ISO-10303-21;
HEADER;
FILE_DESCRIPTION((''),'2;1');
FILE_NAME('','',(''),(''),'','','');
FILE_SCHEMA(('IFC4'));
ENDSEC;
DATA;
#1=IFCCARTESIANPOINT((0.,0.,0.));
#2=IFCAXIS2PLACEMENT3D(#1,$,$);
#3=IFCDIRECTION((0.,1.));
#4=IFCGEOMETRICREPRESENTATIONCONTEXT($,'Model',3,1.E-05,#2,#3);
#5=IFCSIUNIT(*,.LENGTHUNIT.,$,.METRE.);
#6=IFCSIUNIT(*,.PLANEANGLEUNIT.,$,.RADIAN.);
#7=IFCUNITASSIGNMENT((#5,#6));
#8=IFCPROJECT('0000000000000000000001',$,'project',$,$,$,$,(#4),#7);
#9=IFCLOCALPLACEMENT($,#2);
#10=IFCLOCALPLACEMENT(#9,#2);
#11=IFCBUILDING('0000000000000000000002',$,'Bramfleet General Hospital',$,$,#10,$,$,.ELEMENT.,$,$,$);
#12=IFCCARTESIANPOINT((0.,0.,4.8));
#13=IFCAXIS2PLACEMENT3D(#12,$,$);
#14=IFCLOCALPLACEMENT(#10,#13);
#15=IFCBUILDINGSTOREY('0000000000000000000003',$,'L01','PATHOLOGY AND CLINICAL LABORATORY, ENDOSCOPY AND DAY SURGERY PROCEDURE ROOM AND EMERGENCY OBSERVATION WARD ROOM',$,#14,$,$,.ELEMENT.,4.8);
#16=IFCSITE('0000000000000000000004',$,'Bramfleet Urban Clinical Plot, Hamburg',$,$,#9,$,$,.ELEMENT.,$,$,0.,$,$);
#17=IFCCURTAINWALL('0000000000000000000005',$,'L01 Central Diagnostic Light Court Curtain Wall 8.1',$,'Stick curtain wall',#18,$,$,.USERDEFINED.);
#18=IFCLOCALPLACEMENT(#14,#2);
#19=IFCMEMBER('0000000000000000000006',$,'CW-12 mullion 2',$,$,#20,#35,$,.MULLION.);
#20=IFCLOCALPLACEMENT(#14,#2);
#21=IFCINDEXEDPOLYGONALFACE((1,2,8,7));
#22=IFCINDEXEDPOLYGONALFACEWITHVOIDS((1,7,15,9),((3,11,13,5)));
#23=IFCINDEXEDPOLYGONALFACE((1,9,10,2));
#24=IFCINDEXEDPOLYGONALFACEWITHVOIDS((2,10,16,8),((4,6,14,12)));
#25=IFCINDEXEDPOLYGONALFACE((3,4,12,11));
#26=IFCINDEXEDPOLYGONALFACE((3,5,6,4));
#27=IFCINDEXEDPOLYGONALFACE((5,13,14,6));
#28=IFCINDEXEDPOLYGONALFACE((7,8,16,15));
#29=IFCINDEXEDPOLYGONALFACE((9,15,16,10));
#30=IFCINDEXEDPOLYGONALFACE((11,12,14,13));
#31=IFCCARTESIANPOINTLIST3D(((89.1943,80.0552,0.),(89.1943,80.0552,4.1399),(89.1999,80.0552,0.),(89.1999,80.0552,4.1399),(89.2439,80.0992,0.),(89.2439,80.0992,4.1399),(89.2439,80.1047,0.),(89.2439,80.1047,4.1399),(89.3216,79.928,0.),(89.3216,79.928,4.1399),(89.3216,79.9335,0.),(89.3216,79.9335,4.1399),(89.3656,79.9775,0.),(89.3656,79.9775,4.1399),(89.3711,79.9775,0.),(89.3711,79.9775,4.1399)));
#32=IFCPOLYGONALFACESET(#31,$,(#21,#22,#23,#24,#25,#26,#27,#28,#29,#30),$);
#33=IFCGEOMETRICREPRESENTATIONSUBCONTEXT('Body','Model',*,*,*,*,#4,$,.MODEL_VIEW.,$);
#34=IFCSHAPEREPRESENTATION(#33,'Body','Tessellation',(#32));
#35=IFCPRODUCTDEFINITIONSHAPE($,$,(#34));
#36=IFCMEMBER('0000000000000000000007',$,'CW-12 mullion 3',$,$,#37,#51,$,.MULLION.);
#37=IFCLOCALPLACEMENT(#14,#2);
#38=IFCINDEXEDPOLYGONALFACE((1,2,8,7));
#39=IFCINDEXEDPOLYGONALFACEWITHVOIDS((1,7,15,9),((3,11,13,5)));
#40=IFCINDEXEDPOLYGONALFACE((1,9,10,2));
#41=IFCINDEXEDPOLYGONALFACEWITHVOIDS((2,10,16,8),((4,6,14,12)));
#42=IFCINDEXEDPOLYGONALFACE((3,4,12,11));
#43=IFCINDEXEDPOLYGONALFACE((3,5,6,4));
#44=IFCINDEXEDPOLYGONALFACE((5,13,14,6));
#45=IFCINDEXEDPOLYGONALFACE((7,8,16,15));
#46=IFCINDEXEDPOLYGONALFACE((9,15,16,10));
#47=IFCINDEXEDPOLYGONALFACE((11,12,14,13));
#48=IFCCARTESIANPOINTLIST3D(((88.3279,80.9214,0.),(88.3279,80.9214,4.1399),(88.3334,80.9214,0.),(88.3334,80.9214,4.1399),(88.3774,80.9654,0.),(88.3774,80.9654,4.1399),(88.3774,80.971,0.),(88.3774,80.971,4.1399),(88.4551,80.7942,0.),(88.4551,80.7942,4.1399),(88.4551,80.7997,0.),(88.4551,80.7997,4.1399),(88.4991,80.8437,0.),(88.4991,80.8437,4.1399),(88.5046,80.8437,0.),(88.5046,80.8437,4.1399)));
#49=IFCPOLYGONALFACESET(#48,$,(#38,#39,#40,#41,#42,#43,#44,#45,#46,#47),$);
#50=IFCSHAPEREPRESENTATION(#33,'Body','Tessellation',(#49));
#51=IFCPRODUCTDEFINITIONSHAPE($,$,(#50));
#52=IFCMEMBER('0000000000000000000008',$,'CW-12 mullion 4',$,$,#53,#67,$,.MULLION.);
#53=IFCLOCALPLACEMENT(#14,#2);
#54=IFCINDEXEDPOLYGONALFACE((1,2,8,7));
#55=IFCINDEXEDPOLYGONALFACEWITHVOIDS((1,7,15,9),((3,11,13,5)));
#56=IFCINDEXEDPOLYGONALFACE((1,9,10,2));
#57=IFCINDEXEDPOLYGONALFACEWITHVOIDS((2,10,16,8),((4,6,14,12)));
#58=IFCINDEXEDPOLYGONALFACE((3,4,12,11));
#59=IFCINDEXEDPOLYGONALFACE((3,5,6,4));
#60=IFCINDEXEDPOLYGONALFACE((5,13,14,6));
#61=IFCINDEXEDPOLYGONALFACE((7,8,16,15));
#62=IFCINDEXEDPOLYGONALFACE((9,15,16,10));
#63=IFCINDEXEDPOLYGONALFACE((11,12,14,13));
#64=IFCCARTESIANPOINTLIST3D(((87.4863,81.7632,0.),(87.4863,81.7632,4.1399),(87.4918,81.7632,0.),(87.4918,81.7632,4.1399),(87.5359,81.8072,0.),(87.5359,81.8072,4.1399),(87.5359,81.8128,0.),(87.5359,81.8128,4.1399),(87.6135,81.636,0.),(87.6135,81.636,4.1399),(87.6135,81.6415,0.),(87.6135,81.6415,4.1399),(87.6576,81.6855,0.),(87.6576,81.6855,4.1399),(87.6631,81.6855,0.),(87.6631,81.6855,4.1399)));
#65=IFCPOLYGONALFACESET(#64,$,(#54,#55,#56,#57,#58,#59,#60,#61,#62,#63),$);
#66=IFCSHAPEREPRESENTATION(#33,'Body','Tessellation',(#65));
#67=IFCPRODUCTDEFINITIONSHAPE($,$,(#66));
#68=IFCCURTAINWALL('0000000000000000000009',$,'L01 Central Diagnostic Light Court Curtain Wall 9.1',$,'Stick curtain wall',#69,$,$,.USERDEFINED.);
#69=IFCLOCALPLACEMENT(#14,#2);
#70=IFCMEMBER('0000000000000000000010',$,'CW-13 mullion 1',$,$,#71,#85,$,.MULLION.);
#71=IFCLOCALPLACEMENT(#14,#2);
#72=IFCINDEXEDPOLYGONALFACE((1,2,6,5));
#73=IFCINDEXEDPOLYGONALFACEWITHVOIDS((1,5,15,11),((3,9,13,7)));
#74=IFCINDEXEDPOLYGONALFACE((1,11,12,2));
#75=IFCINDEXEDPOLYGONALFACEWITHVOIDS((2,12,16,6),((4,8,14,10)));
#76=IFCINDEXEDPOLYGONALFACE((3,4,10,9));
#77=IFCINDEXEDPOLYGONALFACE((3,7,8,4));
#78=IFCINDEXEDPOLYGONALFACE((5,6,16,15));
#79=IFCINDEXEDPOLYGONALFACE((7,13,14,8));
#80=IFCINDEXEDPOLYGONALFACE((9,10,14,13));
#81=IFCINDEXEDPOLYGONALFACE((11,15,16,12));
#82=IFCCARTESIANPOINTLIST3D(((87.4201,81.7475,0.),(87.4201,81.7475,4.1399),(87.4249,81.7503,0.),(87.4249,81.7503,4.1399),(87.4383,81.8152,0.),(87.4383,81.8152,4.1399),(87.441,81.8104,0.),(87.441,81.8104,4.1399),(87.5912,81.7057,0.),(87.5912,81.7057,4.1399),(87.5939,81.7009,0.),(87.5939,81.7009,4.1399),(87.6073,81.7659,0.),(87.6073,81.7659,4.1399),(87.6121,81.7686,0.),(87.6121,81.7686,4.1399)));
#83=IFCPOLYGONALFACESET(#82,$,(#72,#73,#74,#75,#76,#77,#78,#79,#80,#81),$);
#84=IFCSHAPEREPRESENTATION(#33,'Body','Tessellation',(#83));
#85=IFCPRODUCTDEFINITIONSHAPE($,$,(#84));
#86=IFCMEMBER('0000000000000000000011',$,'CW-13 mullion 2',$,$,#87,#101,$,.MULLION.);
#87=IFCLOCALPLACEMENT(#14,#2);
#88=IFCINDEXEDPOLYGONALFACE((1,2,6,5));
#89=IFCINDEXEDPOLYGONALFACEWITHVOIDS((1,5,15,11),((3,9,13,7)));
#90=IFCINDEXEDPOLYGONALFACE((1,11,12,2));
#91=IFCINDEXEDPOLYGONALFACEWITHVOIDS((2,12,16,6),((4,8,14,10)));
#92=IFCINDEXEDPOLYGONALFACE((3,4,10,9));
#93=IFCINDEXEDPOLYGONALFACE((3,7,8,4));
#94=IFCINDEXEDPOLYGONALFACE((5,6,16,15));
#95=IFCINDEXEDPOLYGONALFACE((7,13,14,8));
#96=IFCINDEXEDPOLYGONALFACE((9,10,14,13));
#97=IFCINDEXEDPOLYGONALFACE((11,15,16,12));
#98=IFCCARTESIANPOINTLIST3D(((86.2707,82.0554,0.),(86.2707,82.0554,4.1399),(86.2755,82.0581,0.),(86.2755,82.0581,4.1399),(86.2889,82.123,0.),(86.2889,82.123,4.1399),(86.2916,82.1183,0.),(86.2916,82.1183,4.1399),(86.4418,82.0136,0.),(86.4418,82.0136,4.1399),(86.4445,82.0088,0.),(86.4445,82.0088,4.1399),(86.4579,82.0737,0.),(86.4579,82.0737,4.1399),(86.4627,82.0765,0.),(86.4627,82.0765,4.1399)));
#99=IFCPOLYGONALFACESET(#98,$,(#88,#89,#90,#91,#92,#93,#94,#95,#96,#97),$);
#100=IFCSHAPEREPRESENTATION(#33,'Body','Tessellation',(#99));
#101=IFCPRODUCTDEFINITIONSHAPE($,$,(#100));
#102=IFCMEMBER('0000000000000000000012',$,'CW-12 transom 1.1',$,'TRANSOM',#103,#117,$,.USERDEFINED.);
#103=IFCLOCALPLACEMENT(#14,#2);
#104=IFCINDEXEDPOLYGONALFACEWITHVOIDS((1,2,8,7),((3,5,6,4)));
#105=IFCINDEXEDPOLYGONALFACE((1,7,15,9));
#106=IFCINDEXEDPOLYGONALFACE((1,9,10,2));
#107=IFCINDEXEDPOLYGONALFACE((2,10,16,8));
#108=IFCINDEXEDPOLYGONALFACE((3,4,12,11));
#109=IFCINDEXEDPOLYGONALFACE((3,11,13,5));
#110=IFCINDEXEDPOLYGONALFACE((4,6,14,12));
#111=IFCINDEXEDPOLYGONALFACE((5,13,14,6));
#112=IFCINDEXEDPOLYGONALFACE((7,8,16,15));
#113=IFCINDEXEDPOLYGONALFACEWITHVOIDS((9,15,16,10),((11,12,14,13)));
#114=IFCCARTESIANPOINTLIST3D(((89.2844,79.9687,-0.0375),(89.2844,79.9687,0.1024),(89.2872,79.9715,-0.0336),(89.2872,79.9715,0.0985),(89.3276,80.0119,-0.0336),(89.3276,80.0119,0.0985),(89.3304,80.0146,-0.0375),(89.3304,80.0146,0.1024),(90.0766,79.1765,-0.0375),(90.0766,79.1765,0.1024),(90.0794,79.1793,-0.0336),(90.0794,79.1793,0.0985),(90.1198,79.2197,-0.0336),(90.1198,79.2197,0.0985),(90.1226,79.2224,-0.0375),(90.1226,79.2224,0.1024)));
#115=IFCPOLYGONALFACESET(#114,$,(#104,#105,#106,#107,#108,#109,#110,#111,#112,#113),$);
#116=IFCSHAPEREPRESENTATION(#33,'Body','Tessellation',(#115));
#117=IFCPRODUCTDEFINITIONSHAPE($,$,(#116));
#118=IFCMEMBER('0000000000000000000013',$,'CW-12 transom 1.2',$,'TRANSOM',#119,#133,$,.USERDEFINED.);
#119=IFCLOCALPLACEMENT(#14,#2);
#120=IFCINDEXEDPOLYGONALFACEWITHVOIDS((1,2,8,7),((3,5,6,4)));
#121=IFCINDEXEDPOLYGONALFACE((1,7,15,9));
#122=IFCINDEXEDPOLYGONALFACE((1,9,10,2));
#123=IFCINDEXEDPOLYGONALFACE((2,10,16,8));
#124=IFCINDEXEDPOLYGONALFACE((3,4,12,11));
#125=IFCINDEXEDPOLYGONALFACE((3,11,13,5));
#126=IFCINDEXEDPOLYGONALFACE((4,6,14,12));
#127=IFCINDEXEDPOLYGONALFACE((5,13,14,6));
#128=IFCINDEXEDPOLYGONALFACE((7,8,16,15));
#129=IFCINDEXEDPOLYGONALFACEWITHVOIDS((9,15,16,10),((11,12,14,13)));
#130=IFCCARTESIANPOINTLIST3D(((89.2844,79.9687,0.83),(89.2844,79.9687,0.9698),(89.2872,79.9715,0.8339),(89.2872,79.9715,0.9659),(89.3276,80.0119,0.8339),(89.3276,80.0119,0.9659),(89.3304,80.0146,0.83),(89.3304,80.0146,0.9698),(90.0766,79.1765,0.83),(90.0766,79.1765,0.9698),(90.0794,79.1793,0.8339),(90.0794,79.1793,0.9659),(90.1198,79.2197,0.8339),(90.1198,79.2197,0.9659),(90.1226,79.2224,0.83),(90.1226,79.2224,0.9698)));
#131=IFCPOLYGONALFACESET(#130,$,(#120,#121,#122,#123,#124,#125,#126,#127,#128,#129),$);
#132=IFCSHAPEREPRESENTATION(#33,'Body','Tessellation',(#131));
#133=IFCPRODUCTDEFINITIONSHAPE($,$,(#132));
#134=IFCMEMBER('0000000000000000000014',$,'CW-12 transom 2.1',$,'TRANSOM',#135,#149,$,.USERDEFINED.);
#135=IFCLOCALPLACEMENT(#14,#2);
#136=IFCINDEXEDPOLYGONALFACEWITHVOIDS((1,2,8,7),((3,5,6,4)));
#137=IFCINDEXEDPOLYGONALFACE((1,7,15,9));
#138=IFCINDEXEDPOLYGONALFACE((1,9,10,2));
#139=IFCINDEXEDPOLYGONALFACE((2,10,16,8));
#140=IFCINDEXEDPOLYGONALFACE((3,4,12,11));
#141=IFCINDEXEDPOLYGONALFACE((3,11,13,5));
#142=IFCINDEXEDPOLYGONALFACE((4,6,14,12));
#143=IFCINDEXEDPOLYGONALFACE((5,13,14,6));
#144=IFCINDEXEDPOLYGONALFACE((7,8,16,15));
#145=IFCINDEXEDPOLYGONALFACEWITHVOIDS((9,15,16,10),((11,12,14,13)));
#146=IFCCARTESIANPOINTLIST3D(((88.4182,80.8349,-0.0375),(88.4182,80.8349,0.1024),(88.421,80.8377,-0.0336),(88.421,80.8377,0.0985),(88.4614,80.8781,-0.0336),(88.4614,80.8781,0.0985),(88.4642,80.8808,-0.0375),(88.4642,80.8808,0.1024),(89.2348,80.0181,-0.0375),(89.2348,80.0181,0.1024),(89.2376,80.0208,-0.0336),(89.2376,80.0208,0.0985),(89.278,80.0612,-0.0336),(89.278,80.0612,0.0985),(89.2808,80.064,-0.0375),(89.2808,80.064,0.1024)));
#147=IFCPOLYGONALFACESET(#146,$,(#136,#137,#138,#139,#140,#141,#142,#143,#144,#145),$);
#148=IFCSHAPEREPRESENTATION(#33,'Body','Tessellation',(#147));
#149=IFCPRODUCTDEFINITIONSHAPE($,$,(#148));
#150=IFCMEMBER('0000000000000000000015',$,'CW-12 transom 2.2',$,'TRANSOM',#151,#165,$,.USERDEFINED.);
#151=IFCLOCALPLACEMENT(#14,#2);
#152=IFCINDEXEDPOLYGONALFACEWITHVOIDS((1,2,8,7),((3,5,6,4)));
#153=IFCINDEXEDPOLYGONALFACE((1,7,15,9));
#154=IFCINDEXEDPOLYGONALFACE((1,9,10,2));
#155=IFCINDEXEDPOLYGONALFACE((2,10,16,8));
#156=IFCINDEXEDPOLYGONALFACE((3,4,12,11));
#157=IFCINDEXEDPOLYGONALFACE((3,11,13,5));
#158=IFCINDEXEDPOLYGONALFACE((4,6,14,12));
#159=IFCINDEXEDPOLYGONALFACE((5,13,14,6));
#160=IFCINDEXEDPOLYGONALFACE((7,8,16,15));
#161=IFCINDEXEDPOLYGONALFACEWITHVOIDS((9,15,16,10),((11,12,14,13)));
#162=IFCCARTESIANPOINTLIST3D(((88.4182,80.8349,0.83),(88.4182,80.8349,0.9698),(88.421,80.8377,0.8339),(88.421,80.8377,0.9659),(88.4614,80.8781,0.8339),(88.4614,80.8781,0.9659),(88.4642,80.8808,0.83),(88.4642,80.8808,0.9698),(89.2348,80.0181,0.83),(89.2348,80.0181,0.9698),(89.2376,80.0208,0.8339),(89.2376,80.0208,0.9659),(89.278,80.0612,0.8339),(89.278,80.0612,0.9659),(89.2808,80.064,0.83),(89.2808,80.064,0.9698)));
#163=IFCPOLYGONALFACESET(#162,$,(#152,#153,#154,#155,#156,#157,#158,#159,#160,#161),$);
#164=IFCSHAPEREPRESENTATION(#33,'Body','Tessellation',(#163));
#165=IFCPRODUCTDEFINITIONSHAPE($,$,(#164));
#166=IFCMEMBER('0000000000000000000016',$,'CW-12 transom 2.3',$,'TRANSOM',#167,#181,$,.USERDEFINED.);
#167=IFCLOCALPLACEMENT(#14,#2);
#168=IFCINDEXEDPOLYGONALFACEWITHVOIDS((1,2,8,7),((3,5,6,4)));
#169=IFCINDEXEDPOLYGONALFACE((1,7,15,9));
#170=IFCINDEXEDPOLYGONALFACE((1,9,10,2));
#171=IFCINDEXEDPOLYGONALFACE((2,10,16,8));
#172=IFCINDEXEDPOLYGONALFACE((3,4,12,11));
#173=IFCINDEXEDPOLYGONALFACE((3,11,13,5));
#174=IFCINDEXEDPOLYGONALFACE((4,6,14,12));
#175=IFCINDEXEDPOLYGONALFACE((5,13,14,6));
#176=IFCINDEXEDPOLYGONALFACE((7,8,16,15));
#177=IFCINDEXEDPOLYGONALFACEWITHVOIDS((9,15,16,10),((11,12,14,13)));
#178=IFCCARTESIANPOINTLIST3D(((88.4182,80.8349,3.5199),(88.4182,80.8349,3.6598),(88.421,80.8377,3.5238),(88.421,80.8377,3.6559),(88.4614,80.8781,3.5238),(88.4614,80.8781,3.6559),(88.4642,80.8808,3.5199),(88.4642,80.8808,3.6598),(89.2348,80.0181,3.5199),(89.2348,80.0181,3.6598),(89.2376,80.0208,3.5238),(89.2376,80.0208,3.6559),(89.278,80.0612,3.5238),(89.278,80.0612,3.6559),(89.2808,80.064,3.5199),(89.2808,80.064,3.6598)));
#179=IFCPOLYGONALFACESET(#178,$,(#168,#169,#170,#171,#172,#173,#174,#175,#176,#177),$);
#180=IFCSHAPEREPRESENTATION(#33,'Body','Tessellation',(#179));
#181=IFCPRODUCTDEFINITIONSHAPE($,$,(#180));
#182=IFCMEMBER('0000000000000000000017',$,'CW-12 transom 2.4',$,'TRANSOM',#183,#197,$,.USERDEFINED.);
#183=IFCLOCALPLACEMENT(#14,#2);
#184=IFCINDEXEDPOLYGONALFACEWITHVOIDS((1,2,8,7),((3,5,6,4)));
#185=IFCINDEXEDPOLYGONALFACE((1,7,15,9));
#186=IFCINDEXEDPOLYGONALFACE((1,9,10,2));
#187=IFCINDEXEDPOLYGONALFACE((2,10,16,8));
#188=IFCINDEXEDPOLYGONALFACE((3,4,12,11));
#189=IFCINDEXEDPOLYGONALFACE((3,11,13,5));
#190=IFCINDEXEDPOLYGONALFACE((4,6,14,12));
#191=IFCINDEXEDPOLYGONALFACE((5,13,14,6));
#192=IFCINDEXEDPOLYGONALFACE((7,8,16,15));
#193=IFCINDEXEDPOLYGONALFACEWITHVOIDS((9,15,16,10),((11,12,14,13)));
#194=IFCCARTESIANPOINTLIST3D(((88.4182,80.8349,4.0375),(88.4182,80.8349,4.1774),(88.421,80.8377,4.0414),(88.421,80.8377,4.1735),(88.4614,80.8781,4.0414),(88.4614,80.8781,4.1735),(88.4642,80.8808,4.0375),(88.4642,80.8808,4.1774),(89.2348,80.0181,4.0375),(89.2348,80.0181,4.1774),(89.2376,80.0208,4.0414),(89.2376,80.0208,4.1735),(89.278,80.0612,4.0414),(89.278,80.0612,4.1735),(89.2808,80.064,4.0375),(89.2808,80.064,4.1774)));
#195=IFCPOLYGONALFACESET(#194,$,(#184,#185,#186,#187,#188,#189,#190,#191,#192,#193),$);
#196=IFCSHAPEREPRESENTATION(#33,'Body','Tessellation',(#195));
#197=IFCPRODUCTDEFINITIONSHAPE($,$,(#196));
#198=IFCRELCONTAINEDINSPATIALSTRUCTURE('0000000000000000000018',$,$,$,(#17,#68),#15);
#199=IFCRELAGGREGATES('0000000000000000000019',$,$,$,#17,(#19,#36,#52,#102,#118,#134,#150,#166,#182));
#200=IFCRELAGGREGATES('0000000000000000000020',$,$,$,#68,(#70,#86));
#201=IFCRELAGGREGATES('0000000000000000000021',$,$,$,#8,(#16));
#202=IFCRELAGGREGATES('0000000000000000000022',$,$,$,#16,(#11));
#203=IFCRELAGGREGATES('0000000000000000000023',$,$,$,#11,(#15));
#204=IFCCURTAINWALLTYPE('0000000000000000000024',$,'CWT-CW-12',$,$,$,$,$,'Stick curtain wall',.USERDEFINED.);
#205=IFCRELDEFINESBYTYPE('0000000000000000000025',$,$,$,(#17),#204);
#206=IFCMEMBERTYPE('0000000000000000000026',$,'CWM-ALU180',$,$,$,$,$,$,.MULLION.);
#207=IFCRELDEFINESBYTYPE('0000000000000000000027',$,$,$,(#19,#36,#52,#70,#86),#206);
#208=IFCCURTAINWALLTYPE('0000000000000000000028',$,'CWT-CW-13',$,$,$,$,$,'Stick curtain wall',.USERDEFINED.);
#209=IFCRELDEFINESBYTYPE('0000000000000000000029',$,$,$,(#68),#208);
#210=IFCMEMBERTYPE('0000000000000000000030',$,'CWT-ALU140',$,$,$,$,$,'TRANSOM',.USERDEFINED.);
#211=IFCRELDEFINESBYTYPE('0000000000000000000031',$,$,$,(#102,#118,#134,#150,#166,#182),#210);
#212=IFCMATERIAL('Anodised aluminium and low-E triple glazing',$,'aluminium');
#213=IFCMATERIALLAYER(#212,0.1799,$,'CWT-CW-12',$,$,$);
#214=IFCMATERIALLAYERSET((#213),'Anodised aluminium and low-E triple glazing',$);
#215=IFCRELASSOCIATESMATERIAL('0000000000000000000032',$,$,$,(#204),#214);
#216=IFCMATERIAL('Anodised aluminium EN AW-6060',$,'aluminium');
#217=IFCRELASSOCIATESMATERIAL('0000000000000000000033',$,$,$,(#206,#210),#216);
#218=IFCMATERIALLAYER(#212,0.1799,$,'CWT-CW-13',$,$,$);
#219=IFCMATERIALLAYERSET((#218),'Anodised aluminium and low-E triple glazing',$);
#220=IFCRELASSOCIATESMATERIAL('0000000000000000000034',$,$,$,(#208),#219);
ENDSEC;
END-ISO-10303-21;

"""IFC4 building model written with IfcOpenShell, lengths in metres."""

from ifc_helpers import new_model, si_unit, direction, frame, origin, origin_2d, place, context, subcontext, project, spatial, hollow_rectangle, extrude, material, layer, layer_set, material_profile, profile_set, type_object, element, aggregate, save


model = new_model("IFC4")

# Units and contexts
model_context = context("Model", 3, precision=1e-05, world=origin(), true_north=direction((0.0, 1.0)))
body_context = subcontext(model_context, "Body", "Model", "MODEL_VIEW")
ifc_project = project(units=[si_unit("LENGTHUNIT", "METRE"), si_unit("PLANEANGLEUNIT", "RADIAN")], contexts=[model_context])

# Site, building, storey
site_placement = place(None, origin())
site = spatial("IfcSite", under=ifc_project, at=site_placement, Name="Bramfleet Urban Clinical Plot, Hamburg", CompositionType="ELEMENT", RefElevation=0.0)
building_placement = place(site_placement, origin())
building = spatial("IfcBuilding", under=site, at=building_placement, Name="Bramfleet General Hospital", CompositionType="ELEMENT")
storey_placement = place(building_placement, frame((0.0, 0.0, 4.8)))
storey = spatial("IfcBuildingStorey", under=building, at=storey_placement, Name="L01", Description="PATHOLOGY AND CLINICAL LABORATORY, ENDOSCOPY AND DAY SURGERY PROCEDURE ROOM AND EMERGENCY OBSERVATION WARD ROOM", CompositionType="ELEMENT", Elevation=4.8)

# Curtain walls, members
ifc_material_1 = material(Name="Anodised aluminium and low-E triple glazing", Category="aluminium")
ifc_layer_1 = layer(ifc_material_1, 0.1799, Name="CWT-CW-12")
ifc_layer_set_1 = layer_set([ifc_layer_1], Name="Anodised aluminium and low-E triple glazing")
curtain_wall_type_1 = type_object("IfcCurtainWallType", Name="CWT-CW-12", ElementType="Stick curtain wall", PredefinedType="USERDEFINED", material=ifc_layer_set_1)
curtain_wall_1_placement = place(storey_placement, origin())
curtain_wall_1 = element("IfcCurtainWall", 1, at=curtain_wall_1_placement, inside=storey, type_object=curtain_wall_type_1, Name="L01 Central Diagnostic Light Court Curtain Wall 8.1", ObjectType="Stick curtain wall", PredefinedType="USERDEFINED")
ifc_material_2 = material(Name="Anodised aluminium EN AW-6060", Category="aluminium")
ifc_material_profile_1 = material_profile(ifc_material_2, hollow_rectangle(XDim=0.0701, YDim=0.1799, WallThickness=0.0039, at=origin_2d()), Name="ALU 180x70x4.0")
ifc_profile_set_1 = profile_set([ifc_material_profile_1], Name="Anodised aluminium EN AW-6060")
member_type_1 = type_object("IfcMemberType", Name="CWM-ALU180", PredefinedType="MULLION", material=ifc_profile_set_1)
member_1_placement = place(storey_placement, frame((89.2827, 80.0164, 0.0), z_axis=(0.0, 0.0, 1.0), x_axis=(-0.707107, -0.707107, 0.0)))
member_1 = element("IfcMember", 2, at=member_1_placement, type_object=member_type_1, Name="CW-12 mullion 2", PredefinedType="MULLION", context=body_context, shape_type="SweptSolid", body=[
    extrude(hollow_rectangle(XDim=0.0701, YDim=0.1799, WallThickness=0.0039, at=origin_2d()), origin(), (0.0, 0.0, 1.0), 4.1399),
])
member_2_placement = place(storey_placement, frame((88.4163, 80.8826, 0.0), z_axis=(0.0, 0.0, 1.0), x_axis=(-0.707107, -0.707107, 0.0)))
member_2 = element("IfcMember", 3, at=member_2_placement, type_object=member_type_1, Name="CW-12 mullion 3", PredefinedType="MULLION", context=body_context, shape_type="SweptSolid", body=[
    extrude(hollow_rectangle(XDim=0.0701, YDim=0.1799, WallThickness=0.0039, at=origin_2d()), origin(), (0.0, 0.0, 1.0), 4.1399),
])
member_3_placement = place(storey_placement, frame((87.5747, 81.7244, 0.0), z_axis=(0.0, 0.0, 1.0), x_axis=(-0.707107, -0.707107, 0.0)))
member_3 = element("IfcMember", 4, at=member_3_placement, type_object=member_type_1, Name="CW-12 mullion 4", PredefinedType="MULLION", context=body_context, shape_type="SweptSolid", body=[
    extrude(hollow_rectangle(XDim=0.0701, YDim=0.1799, WallThickness=0.0039, at=origin_2d()), origin(), (0.0, 0.0, 1.0), 4.1399),
])
ifc_layer_2 = layer(ifc_material_1, 0.1799, Name="CWT-CW-13")
ifc_layer_set_2 = layer_set([ifc_layer_2], Name="Anodised aluminium and low-E triple glazing")
curtain_wall_type_2 = type_object("IfcCurtainWallType", Name="CWT-CW-13", ElementType="Stick curtain wall", PredefinedType="USERDEFINED", material=ifc_layer_set_2)
curtain_wall_2_placement = place(storey_placement, origin())
curtain_wall_2 = element("IfcCurtainWall", 5, at=curtain_wall_2_placement, inside=storey, type_object=curtain_wall_type_2, Name="L01 Central Diagnostic Light Court Curtain Wall 9.1", ObjectType="Stick curtain wall", PredefinedType="USERDEFINED")
member_4_placement = place(storey_placement, frame((87.5161, 81.7581, 0.0), z_axis=(0.0, 0.0, 1.0), x_axis=(-0.258763, -0.965941, 0.0)))
member_4 = element("IfcMember", 6, at=member_4_placement, type_object=member_type_1, Name="CW-13 mullion 1", PredefinedType="MULLION", context=body_context, shape_type="SweptSolid", body=[
    extrude(hollow_rectangle(XDim=0.0701, YDim=0.1799, WallThickness=0.0039, at=origin_2d()), origin(), (0.0, 0.0, 1.0), 4.1399),
])
member_5_placement = place(storey_placement, frame((86.3667, 82.0659, 0.0), z_axis=(0.0, 0.0, 1.0), x_axis=(-0.258763, -0.965941, 0.0)))
member_5 = element("IfcMember", 7, at=member_5_placement, type_object=member_type_1, Name="CW-13 mullion 2", PredefinedType="MULLION", context=body_context, shape_type="SweptSolid", body=[
    extrude(hollow_rectangle(XDim=0.0701, YDim=0.1799, WallThickness=0.0039, at=origin_2d()), origin(), (0.0, 0.0, 1.0), 4.1399),
])

# Members
ifc_material_profile_2 = material_profile(ifc_material_2, hollow_rectangle(XDim=0.0649, YDim=0.1399, WallThickness=0.0039, at=origin_2d()), Name="ALU 140x65x4.0")
ifc_profile_set_2 = profile_set([ifc_material_profile_2], Name="Anodised aluminium EN AW-6060")
member_type_2 = type_object("IfcMemberType", Name="CWT-ALU140", ElementType="TRANSOM", PredefinedType="USERDEFINED", material=ifc_profile_set_2)
member_6_placement = place(storey_placement, frame((90.0996, 79.1995, 0.0325), z_axis=(-0.707107, 0.707107, 0.0), x_axis=(-0.707107, -0.707107, 0.0)))
member_6 = element("IfcMember", 8, at=member_6_placement, type_object=member_type_2, Name="CW-12 transom 1.1", ObjectType="TRANSOM", PredefinedType="USERDEFINED", context=body_context, shape_type="SweptSolid", body=[
    extrude(hollow_rectangle(XDim=0.0649, YDim=0.1399, WallThickness=0.0039, at=origin_2d()), origin(), (0.0, 0.0, 1.0), 1.1204),
])
member_7_placement = place(storey_placement, frame((90.0996, 79.1995, 0.8999), z_axis=(-0.707107, 0.707107, 0.0), x_axis=(-0.707107, -0.707107, 0.0)))
member_7 = element("IfcMember", 9, at=member_7_placement, type_object=member_type_2, Name="CW-12 transom 1.2", ObjectType="TRANSOM", PredefinedType="USERDEFINED", context=body_context, shape_type="SweptSolid", body=[
    extrude(hollow_rectangle(XDim=0.0649, YDim=0.1399, WallThickness=0.0039, at=origin_2d()), origin(), (0.0, 0.0, 1.0), 1.1204),
])
member_8_placement = place(storey_placement, frame((89.2578, 80.041, 0.0325), z_axis=(-0.707001, 0.707212, 0.0), x_axis=(-0.707212, -0.707001, 0.0)))
member_8 = element("IfcMember", 10, at=member_8_placement, type_object=member_type_2, Name="CW-12 transom 2.1", ObjectType="TRANSOM", PredefinedType="USERDEFINED", context=body_context, shape_type="SweptSolid", body=[
    extrude(hollow_rectangle(XDim=0.0649, YDim=0.1399, WallThickness=0.0039, at=origin_2d()), origin(), (0.0, 0.0, 1.0), 1.155),
])
member_9_placement = place(storey_placement, frame((89.2578, 80.041, 0.8999), z_axis=(-0.707001, 0.707212, 0.0), x_axis=(-0.707212, -0.707001, 0.0)))
member_9 = element("IfcMember", 11, at=member_9_placement, type_object=member_type_2, Name="CW-12 transom 2.2", ObjectType="TRANSOM", PredefinedType="USERDEFINED", context=body_context, shape_type="SweptSolid", body=[
    extrude(hollow_rectangle(XDim=0.0649, YDim=0.1399, WallThickness=0.0039, at=origin_2d()), origin(), (0.0, 0.0, 1.0), 1.155),
])
member_10_placement = place(storey_placement, frame((89.2578, 80.041, 3.5898), z_axis=(-0.707001, 0.707212, 0.0), x_axis=(-0.707212, -0.707001, 0.0)))
member_10 = element("IfcMember", 12, at=member_10_placement, type_object=member_type_2, Name="CW-12 transom 2.3", ObjectType="TRANSOM", PredefinedType="USERDEFINED", context=body_context, shape_type="SweptSolid", body=[
    extrude(hollow_rectangle(XDim=0.0649, YDim=0.1399, WallThickness=0.0039, at=origin_2d()), origin(), (0.0, 0.0, 1.0), 1.155),
])
member_11_placement = place(storey_placement, frame((89.2578, 80.041, 4.1074), z_axis=(-0.707001, 0.707212, 0.0), x_axis=(-0.707212, -0.707001, 0.0)))
member_11 = element("IfcMember", 13, at=member_11_placement, type_object=member_type_2, Name="CW-12 transom 2.4", ObjectType="TRANSOM", PredefinedType="USERDEFINED", context=body_context, shape_type="SweptSolid", body=[
    extrude(hollow_rectangle(XDim=0.0649, YDim=0.1399, WallThickness=0.0039, at=origin_2d()), origin(), (0.0, 0.0, 1.0), 1.155),
])

aggregate(curtain_wall_1, [member_1, member_2, member_3, member_6, member_7, member_8, member_9, member_10, member_11])
aggregate(curtain_wall_2, [member_4, member_5])

save(model, "model.ifc")
